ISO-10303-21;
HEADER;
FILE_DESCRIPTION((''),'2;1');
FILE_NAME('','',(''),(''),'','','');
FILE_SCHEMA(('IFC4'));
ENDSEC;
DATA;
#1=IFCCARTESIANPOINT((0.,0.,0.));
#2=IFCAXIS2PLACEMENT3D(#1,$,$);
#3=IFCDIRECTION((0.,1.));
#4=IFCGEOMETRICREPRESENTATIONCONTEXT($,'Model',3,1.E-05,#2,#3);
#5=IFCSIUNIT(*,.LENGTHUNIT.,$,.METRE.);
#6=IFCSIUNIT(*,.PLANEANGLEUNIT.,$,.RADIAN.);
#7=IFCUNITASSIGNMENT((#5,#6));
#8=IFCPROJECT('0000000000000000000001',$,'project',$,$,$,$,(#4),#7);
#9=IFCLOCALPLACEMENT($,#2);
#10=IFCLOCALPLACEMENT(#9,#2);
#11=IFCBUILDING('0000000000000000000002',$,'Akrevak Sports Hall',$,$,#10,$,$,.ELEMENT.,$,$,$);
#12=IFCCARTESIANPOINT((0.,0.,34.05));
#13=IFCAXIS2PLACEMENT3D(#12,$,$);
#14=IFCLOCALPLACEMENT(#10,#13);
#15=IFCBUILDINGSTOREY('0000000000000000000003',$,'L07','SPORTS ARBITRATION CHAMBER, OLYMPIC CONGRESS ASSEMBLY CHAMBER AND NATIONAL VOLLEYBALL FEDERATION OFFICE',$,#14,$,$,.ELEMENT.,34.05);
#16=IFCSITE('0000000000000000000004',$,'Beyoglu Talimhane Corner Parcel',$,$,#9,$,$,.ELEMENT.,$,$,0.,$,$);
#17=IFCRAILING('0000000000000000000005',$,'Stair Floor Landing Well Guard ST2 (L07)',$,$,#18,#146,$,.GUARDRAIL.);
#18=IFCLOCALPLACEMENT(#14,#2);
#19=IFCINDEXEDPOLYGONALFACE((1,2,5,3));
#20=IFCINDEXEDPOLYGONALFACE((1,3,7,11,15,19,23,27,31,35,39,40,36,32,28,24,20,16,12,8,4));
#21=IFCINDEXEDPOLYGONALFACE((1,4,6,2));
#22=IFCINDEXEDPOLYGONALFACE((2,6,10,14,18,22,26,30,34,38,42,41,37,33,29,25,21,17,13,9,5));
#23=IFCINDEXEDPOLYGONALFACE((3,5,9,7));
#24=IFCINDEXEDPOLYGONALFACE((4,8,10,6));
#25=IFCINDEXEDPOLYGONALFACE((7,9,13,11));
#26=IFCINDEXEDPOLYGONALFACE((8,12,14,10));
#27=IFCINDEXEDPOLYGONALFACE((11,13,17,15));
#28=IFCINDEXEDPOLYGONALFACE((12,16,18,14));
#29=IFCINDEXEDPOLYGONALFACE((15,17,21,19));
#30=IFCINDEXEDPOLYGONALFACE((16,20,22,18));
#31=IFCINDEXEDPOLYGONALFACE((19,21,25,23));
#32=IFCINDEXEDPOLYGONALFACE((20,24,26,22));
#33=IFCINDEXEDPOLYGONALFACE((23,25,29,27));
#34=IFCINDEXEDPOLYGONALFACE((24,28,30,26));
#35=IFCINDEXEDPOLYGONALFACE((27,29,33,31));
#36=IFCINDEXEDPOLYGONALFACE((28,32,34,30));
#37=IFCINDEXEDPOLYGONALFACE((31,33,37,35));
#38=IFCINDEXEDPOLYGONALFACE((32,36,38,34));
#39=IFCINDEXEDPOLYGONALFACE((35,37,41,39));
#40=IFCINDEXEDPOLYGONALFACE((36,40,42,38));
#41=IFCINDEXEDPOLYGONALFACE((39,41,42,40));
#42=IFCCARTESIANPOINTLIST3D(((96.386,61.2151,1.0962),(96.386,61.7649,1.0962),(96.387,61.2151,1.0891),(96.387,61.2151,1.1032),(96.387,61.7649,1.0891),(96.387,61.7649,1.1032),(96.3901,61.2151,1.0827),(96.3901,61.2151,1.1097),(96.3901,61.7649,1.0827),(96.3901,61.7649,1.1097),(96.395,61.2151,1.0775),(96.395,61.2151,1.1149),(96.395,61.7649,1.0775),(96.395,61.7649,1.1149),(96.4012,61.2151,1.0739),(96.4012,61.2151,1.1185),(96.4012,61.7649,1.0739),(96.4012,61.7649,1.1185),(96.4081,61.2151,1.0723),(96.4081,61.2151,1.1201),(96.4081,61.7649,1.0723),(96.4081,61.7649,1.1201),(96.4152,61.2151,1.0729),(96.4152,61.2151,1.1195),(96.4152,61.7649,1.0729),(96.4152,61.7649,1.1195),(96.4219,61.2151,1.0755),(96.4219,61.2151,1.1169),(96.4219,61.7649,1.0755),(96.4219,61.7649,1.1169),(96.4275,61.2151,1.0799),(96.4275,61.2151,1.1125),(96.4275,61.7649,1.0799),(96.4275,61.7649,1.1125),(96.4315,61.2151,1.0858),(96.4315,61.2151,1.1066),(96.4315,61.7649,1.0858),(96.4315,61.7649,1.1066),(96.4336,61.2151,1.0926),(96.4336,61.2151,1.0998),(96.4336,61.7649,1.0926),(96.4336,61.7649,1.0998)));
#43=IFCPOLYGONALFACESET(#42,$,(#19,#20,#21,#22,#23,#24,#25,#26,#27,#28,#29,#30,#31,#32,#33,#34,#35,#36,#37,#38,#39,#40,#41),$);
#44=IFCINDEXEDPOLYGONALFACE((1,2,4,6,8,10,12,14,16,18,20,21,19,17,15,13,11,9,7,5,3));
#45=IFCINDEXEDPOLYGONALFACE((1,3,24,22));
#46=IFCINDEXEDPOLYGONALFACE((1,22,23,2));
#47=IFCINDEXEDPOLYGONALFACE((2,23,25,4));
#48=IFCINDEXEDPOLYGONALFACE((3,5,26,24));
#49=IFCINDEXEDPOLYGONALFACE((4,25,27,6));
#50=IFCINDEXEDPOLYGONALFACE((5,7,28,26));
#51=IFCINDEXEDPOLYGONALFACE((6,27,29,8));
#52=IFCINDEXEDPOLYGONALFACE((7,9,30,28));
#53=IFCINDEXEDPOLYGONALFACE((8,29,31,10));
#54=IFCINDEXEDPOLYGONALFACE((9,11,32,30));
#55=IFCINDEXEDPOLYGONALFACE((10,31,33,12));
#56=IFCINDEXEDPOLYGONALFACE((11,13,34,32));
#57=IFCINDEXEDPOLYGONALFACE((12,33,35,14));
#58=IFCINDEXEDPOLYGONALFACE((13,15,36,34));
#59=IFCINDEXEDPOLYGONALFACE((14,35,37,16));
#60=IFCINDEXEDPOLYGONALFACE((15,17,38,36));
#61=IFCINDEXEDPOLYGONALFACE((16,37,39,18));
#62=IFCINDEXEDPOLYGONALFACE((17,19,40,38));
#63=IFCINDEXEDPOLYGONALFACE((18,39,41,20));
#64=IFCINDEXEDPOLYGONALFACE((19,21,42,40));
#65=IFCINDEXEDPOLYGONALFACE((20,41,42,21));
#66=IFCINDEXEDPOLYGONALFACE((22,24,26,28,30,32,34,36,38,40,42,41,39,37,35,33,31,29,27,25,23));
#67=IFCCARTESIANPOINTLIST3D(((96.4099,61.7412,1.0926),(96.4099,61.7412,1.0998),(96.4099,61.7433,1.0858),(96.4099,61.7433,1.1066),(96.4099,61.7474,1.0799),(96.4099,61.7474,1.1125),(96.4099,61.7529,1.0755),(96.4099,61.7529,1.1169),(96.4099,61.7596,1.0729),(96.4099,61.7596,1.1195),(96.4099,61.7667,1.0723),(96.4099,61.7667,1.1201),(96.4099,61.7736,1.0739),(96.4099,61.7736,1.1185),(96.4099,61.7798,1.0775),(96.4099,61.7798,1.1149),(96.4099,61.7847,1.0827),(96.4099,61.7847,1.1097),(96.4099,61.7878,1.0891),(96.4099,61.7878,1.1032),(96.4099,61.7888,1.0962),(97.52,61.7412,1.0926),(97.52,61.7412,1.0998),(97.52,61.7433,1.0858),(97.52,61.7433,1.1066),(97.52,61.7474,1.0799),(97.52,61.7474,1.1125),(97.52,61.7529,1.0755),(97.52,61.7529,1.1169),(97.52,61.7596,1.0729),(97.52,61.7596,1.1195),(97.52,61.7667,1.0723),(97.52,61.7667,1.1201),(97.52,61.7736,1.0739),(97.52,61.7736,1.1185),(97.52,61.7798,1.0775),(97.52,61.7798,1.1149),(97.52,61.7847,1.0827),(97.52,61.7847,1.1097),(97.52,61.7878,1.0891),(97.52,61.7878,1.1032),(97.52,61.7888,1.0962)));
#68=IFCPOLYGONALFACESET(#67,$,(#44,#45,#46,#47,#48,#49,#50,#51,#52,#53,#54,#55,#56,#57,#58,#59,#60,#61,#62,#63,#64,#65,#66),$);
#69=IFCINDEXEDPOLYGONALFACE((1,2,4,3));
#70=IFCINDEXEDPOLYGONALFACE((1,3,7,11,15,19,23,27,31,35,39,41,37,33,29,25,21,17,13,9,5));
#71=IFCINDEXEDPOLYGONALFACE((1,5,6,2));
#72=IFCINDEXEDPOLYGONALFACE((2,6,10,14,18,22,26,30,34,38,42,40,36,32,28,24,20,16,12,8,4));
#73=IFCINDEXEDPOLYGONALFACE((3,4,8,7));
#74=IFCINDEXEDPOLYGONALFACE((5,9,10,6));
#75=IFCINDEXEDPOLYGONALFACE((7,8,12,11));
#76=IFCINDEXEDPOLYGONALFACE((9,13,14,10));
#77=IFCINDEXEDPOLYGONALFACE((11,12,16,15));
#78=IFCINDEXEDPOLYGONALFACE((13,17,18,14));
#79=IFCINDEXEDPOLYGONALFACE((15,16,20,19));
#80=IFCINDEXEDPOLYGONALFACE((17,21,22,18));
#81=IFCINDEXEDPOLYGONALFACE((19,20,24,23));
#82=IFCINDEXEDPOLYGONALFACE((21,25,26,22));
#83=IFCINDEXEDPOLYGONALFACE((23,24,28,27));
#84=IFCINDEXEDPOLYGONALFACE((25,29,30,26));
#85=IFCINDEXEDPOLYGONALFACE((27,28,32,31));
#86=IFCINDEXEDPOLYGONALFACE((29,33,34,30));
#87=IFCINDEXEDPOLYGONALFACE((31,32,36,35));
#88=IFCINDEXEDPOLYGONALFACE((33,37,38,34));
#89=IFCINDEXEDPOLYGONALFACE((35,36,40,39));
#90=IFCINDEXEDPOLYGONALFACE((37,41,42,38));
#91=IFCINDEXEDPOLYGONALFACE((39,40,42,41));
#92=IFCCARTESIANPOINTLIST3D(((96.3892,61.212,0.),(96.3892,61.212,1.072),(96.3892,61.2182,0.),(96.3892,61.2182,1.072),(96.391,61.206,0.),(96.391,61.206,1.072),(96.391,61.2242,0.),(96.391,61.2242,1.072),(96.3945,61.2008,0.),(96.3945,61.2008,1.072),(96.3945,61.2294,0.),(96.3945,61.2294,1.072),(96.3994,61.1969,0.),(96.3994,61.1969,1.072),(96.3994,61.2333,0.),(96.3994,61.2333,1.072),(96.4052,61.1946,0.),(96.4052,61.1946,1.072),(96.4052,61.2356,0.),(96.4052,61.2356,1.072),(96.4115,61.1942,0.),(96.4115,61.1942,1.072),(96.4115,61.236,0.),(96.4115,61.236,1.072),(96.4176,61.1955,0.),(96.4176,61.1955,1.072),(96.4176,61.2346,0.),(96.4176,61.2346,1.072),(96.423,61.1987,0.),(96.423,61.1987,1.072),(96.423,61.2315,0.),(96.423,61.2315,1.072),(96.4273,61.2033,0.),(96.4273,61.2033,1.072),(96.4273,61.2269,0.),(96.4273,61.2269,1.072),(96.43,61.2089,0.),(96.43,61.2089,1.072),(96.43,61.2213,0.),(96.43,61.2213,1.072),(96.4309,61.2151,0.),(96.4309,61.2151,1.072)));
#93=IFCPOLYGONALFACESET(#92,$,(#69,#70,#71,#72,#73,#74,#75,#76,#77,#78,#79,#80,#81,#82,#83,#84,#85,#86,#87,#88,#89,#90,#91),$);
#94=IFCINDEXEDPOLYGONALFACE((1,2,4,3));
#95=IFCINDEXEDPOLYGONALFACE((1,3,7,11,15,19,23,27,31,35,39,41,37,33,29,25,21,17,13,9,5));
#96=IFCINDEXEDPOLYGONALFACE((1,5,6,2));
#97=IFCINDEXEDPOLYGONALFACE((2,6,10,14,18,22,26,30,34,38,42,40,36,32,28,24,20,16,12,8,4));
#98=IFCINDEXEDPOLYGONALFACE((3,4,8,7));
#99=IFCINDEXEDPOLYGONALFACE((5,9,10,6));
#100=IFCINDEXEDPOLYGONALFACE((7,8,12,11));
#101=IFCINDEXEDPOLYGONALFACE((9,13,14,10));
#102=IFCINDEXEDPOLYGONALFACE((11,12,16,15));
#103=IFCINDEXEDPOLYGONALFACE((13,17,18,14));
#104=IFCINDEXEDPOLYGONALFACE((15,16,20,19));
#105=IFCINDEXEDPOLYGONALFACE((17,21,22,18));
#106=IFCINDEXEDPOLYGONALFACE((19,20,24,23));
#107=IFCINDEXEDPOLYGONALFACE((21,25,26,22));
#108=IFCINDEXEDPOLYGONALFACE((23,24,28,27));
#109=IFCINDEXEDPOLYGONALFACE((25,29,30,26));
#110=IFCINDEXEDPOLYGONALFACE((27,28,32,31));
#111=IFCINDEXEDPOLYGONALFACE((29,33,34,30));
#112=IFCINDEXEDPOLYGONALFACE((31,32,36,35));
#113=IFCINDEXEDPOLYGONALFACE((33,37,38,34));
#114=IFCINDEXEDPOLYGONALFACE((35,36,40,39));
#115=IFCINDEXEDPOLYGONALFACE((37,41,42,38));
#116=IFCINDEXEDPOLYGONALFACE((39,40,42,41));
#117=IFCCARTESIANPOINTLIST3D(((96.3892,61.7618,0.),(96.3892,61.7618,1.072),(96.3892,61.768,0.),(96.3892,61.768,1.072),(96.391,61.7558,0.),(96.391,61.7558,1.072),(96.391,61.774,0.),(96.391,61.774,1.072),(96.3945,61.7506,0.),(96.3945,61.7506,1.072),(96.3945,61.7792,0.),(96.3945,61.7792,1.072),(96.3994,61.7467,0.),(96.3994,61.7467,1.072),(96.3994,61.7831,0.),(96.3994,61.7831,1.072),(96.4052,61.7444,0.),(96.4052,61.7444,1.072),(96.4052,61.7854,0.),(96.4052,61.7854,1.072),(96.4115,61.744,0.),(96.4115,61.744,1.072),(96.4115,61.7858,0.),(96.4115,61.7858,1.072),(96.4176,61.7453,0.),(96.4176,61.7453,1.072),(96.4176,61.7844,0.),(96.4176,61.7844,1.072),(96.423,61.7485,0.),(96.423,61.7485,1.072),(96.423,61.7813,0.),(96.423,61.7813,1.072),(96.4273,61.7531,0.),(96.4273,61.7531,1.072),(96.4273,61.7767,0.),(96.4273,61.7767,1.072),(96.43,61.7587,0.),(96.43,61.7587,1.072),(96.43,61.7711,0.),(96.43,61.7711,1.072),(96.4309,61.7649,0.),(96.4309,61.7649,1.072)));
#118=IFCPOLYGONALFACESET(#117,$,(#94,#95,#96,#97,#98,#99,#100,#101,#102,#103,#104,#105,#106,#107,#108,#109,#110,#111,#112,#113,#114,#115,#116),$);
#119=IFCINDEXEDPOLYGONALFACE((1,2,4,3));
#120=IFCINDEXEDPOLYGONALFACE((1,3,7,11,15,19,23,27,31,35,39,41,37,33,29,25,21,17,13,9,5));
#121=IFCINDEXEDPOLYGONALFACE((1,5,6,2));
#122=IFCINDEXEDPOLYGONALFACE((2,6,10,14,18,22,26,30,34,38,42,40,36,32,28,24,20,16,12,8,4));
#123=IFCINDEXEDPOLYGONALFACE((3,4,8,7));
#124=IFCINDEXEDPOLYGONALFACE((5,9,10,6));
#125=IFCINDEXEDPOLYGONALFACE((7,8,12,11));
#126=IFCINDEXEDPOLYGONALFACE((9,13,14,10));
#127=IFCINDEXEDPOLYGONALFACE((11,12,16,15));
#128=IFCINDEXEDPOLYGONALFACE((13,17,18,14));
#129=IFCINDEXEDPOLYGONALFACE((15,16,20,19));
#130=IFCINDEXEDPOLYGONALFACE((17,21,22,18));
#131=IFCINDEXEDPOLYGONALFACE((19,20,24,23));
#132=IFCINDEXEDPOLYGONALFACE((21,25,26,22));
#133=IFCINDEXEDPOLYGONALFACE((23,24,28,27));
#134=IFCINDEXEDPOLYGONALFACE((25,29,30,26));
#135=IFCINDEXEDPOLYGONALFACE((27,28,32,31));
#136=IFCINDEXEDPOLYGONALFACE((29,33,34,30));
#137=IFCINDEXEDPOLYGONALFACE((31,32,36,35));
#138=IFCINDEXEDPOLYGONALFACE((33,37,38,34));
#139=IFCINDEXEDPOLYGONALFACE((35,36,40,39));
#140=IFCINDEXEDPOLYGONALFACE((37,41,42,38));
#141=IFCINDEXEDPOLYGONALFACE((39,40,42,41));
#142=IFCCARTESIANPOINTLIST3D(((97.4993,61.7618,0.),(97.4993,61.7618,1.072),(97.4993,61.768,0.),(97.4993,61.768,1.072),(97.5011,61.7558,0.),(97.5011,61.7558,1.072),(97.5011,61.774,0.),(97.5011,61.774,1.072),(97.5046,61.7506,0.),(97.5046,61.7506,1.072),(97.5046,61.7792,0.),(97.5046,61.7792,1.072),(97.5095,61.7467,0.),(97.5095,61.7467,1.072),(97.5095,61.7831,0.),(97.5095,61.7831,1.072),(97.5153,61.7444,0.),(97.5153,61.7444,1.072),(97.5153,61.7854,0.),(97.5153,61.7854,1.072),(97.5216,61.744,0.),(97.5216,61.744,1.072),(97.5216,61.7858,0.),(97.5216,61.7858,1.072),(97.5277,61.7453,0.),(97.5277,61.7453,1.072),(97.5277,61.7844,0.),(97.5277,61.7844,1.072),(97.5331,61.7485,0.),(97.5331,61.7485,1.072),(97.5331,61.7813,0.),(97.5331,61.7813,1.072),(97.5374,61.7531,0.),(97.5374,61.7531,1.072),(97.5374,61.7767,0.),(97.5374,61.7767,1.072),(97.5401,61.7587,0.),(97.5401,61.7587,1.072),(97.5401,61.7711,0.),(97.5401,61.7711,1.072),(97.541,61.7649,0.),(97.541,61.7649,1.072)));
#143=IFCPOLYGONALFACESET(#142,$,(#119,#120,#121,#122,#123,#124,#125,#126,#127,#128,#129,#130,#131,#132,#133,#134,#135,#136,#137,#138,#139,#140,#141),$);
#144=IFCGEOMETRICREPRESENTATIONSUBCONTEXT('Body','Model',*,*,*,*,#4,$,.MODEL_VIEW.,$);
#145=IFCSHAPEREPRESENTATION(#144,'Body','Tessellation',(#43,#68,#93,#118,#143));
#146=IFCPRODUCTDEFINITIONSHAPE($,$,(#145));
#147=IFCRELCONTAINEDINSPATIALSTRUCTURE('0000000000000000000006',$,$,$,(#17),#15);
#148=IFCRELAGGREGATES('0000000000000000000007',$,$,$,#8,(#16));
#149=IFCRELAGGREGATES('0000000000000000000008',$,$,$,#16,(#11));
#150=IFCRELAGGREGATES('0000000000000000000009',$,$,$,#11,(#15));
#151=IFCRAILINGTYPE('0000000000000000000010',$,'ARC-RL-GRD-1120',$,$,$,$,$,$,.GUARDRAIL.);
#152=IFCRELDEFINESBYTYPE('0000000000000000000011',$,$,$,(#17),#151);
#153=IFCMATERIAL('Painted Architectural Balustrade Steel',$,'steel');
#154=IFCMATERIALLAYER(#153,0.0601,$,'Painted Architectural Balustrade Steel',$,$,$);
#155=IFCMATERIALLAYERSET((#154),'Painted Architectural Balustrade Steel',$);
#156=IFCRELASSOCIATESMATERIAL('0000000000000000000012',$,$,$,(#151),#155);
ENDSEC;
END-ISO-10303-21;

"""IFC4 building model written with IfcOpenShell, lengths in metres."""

from ifc_helpers import new_model, si_unit, direction, frame, origin, origin_2d, place, context, subcontext, project, spatial, circle, extrude, material, layer, layer_set, type_object, element, save


model = new_model("IFC4")

# Units and contexts
model_context = context("Model", 3, precision=1e-05, world=origin(), true_north=direction((0.0, 1.0)))
body_context = subcontext(model_context, "Body", "Model", "MODEL_VIEW")
ifc_project = project(units=[si_unit("LENGTHUNIT", "METRE"), si_unit("PLANEANGLEUNIT", "RADIAN")], contexts=[model_context])

# Site, building, storey
site_placement = place(None, origin())
site = spatial("IfcSite", under=ifc_project, at=site_placement, Name="Beyoglu Talimhane Corner Parcel", CompositionType="ELEMENT", RefElevation=0.0)
building_placement = place(site_placement, origin())
building = spatial("IfcBuilding", under=site, at=building_placement, Name="Akrevak Sports Hall", CompositionType="ELEMENT")
storey_placement = place(building_placement, frame((0.0, 0.0, 34.05)))
storey = spatial("IfcBuildingStorey", under=building, at=storey_placement, Name="L07", Description="SPORTS ARBITRATION CHAMBER, OLYMPIC CONGRESS ASSEMBLY CHAMBER AND NATIONAL VOLLEYBALL FEDERATION OFFICE", CompositionType="ELEMENT", Elevation=34.05)

# Railing
ifc_material_1 = material(Name="Painted Architectural Balustrade Steel", Category="steel")
ifc_layer_1 = layer(ifc_material_1, 0.0601, Name="Painted Architectural Balustrade Steel")
ifc_layer_set_1 = layer_set([ifc_layer_1], Name="Painted Architectural Balustrade Steel")
railing_type_1 = type_object("IfcRailingType", Name="ARC-RL-GRD-1120", PredefinedType="GUARDRAIL", material=ifc_layer_set_1)
for number, where, name in (
    (1, (96.4099, 61.2151, 0.0), "Stair Floor Landing Well Guard ST2 (L07)"),
):
    element("IfcRailing", number, at=place(storey_placement, frame(where)), inside=storey, type_object=railing_type_1, Name=name, PredefinedType="GUARDRAIL", context=body_context, shape_type="SweptSolid", body=[
        extrude(circle(Radius=0.0239, at=origin_2d()), frame((0.0, 0.0, 1.0962), z_axis=(0.0, 1.0, 0.0), x_axis=(-1.0, 0.0, 0.0)), (0.0, 0.0, 1.0), 0.5498),
        extrude(circle(Radius=0.0239, at=origin_2d()), frame((0.0, 0.5498, 1.0962), z_axis=(1.0, 0.0, 0.0), x_axis=(0.0, 1.0, 0.0)), (0.0, 0.0, 1.0), 1.1101),
        extrude(circle(Radius=0.021, at=origin_2d()), origin(), (0.0, 0.0, 1.0), 1.072),
        extrude(circle(Radius=0.021, at=origin_2d()), frame((0.0, 0.5498, 0.0)), (0.0, 0.0, 1.0), 1.072),
        extrude(circle(Radius=0.021, at=origin_2d()), frame((1.1101, 0.5498, 0.0)), (0.0, 0.0, 1.0), 1.072),
    ])

save(model, "model.ifc")
